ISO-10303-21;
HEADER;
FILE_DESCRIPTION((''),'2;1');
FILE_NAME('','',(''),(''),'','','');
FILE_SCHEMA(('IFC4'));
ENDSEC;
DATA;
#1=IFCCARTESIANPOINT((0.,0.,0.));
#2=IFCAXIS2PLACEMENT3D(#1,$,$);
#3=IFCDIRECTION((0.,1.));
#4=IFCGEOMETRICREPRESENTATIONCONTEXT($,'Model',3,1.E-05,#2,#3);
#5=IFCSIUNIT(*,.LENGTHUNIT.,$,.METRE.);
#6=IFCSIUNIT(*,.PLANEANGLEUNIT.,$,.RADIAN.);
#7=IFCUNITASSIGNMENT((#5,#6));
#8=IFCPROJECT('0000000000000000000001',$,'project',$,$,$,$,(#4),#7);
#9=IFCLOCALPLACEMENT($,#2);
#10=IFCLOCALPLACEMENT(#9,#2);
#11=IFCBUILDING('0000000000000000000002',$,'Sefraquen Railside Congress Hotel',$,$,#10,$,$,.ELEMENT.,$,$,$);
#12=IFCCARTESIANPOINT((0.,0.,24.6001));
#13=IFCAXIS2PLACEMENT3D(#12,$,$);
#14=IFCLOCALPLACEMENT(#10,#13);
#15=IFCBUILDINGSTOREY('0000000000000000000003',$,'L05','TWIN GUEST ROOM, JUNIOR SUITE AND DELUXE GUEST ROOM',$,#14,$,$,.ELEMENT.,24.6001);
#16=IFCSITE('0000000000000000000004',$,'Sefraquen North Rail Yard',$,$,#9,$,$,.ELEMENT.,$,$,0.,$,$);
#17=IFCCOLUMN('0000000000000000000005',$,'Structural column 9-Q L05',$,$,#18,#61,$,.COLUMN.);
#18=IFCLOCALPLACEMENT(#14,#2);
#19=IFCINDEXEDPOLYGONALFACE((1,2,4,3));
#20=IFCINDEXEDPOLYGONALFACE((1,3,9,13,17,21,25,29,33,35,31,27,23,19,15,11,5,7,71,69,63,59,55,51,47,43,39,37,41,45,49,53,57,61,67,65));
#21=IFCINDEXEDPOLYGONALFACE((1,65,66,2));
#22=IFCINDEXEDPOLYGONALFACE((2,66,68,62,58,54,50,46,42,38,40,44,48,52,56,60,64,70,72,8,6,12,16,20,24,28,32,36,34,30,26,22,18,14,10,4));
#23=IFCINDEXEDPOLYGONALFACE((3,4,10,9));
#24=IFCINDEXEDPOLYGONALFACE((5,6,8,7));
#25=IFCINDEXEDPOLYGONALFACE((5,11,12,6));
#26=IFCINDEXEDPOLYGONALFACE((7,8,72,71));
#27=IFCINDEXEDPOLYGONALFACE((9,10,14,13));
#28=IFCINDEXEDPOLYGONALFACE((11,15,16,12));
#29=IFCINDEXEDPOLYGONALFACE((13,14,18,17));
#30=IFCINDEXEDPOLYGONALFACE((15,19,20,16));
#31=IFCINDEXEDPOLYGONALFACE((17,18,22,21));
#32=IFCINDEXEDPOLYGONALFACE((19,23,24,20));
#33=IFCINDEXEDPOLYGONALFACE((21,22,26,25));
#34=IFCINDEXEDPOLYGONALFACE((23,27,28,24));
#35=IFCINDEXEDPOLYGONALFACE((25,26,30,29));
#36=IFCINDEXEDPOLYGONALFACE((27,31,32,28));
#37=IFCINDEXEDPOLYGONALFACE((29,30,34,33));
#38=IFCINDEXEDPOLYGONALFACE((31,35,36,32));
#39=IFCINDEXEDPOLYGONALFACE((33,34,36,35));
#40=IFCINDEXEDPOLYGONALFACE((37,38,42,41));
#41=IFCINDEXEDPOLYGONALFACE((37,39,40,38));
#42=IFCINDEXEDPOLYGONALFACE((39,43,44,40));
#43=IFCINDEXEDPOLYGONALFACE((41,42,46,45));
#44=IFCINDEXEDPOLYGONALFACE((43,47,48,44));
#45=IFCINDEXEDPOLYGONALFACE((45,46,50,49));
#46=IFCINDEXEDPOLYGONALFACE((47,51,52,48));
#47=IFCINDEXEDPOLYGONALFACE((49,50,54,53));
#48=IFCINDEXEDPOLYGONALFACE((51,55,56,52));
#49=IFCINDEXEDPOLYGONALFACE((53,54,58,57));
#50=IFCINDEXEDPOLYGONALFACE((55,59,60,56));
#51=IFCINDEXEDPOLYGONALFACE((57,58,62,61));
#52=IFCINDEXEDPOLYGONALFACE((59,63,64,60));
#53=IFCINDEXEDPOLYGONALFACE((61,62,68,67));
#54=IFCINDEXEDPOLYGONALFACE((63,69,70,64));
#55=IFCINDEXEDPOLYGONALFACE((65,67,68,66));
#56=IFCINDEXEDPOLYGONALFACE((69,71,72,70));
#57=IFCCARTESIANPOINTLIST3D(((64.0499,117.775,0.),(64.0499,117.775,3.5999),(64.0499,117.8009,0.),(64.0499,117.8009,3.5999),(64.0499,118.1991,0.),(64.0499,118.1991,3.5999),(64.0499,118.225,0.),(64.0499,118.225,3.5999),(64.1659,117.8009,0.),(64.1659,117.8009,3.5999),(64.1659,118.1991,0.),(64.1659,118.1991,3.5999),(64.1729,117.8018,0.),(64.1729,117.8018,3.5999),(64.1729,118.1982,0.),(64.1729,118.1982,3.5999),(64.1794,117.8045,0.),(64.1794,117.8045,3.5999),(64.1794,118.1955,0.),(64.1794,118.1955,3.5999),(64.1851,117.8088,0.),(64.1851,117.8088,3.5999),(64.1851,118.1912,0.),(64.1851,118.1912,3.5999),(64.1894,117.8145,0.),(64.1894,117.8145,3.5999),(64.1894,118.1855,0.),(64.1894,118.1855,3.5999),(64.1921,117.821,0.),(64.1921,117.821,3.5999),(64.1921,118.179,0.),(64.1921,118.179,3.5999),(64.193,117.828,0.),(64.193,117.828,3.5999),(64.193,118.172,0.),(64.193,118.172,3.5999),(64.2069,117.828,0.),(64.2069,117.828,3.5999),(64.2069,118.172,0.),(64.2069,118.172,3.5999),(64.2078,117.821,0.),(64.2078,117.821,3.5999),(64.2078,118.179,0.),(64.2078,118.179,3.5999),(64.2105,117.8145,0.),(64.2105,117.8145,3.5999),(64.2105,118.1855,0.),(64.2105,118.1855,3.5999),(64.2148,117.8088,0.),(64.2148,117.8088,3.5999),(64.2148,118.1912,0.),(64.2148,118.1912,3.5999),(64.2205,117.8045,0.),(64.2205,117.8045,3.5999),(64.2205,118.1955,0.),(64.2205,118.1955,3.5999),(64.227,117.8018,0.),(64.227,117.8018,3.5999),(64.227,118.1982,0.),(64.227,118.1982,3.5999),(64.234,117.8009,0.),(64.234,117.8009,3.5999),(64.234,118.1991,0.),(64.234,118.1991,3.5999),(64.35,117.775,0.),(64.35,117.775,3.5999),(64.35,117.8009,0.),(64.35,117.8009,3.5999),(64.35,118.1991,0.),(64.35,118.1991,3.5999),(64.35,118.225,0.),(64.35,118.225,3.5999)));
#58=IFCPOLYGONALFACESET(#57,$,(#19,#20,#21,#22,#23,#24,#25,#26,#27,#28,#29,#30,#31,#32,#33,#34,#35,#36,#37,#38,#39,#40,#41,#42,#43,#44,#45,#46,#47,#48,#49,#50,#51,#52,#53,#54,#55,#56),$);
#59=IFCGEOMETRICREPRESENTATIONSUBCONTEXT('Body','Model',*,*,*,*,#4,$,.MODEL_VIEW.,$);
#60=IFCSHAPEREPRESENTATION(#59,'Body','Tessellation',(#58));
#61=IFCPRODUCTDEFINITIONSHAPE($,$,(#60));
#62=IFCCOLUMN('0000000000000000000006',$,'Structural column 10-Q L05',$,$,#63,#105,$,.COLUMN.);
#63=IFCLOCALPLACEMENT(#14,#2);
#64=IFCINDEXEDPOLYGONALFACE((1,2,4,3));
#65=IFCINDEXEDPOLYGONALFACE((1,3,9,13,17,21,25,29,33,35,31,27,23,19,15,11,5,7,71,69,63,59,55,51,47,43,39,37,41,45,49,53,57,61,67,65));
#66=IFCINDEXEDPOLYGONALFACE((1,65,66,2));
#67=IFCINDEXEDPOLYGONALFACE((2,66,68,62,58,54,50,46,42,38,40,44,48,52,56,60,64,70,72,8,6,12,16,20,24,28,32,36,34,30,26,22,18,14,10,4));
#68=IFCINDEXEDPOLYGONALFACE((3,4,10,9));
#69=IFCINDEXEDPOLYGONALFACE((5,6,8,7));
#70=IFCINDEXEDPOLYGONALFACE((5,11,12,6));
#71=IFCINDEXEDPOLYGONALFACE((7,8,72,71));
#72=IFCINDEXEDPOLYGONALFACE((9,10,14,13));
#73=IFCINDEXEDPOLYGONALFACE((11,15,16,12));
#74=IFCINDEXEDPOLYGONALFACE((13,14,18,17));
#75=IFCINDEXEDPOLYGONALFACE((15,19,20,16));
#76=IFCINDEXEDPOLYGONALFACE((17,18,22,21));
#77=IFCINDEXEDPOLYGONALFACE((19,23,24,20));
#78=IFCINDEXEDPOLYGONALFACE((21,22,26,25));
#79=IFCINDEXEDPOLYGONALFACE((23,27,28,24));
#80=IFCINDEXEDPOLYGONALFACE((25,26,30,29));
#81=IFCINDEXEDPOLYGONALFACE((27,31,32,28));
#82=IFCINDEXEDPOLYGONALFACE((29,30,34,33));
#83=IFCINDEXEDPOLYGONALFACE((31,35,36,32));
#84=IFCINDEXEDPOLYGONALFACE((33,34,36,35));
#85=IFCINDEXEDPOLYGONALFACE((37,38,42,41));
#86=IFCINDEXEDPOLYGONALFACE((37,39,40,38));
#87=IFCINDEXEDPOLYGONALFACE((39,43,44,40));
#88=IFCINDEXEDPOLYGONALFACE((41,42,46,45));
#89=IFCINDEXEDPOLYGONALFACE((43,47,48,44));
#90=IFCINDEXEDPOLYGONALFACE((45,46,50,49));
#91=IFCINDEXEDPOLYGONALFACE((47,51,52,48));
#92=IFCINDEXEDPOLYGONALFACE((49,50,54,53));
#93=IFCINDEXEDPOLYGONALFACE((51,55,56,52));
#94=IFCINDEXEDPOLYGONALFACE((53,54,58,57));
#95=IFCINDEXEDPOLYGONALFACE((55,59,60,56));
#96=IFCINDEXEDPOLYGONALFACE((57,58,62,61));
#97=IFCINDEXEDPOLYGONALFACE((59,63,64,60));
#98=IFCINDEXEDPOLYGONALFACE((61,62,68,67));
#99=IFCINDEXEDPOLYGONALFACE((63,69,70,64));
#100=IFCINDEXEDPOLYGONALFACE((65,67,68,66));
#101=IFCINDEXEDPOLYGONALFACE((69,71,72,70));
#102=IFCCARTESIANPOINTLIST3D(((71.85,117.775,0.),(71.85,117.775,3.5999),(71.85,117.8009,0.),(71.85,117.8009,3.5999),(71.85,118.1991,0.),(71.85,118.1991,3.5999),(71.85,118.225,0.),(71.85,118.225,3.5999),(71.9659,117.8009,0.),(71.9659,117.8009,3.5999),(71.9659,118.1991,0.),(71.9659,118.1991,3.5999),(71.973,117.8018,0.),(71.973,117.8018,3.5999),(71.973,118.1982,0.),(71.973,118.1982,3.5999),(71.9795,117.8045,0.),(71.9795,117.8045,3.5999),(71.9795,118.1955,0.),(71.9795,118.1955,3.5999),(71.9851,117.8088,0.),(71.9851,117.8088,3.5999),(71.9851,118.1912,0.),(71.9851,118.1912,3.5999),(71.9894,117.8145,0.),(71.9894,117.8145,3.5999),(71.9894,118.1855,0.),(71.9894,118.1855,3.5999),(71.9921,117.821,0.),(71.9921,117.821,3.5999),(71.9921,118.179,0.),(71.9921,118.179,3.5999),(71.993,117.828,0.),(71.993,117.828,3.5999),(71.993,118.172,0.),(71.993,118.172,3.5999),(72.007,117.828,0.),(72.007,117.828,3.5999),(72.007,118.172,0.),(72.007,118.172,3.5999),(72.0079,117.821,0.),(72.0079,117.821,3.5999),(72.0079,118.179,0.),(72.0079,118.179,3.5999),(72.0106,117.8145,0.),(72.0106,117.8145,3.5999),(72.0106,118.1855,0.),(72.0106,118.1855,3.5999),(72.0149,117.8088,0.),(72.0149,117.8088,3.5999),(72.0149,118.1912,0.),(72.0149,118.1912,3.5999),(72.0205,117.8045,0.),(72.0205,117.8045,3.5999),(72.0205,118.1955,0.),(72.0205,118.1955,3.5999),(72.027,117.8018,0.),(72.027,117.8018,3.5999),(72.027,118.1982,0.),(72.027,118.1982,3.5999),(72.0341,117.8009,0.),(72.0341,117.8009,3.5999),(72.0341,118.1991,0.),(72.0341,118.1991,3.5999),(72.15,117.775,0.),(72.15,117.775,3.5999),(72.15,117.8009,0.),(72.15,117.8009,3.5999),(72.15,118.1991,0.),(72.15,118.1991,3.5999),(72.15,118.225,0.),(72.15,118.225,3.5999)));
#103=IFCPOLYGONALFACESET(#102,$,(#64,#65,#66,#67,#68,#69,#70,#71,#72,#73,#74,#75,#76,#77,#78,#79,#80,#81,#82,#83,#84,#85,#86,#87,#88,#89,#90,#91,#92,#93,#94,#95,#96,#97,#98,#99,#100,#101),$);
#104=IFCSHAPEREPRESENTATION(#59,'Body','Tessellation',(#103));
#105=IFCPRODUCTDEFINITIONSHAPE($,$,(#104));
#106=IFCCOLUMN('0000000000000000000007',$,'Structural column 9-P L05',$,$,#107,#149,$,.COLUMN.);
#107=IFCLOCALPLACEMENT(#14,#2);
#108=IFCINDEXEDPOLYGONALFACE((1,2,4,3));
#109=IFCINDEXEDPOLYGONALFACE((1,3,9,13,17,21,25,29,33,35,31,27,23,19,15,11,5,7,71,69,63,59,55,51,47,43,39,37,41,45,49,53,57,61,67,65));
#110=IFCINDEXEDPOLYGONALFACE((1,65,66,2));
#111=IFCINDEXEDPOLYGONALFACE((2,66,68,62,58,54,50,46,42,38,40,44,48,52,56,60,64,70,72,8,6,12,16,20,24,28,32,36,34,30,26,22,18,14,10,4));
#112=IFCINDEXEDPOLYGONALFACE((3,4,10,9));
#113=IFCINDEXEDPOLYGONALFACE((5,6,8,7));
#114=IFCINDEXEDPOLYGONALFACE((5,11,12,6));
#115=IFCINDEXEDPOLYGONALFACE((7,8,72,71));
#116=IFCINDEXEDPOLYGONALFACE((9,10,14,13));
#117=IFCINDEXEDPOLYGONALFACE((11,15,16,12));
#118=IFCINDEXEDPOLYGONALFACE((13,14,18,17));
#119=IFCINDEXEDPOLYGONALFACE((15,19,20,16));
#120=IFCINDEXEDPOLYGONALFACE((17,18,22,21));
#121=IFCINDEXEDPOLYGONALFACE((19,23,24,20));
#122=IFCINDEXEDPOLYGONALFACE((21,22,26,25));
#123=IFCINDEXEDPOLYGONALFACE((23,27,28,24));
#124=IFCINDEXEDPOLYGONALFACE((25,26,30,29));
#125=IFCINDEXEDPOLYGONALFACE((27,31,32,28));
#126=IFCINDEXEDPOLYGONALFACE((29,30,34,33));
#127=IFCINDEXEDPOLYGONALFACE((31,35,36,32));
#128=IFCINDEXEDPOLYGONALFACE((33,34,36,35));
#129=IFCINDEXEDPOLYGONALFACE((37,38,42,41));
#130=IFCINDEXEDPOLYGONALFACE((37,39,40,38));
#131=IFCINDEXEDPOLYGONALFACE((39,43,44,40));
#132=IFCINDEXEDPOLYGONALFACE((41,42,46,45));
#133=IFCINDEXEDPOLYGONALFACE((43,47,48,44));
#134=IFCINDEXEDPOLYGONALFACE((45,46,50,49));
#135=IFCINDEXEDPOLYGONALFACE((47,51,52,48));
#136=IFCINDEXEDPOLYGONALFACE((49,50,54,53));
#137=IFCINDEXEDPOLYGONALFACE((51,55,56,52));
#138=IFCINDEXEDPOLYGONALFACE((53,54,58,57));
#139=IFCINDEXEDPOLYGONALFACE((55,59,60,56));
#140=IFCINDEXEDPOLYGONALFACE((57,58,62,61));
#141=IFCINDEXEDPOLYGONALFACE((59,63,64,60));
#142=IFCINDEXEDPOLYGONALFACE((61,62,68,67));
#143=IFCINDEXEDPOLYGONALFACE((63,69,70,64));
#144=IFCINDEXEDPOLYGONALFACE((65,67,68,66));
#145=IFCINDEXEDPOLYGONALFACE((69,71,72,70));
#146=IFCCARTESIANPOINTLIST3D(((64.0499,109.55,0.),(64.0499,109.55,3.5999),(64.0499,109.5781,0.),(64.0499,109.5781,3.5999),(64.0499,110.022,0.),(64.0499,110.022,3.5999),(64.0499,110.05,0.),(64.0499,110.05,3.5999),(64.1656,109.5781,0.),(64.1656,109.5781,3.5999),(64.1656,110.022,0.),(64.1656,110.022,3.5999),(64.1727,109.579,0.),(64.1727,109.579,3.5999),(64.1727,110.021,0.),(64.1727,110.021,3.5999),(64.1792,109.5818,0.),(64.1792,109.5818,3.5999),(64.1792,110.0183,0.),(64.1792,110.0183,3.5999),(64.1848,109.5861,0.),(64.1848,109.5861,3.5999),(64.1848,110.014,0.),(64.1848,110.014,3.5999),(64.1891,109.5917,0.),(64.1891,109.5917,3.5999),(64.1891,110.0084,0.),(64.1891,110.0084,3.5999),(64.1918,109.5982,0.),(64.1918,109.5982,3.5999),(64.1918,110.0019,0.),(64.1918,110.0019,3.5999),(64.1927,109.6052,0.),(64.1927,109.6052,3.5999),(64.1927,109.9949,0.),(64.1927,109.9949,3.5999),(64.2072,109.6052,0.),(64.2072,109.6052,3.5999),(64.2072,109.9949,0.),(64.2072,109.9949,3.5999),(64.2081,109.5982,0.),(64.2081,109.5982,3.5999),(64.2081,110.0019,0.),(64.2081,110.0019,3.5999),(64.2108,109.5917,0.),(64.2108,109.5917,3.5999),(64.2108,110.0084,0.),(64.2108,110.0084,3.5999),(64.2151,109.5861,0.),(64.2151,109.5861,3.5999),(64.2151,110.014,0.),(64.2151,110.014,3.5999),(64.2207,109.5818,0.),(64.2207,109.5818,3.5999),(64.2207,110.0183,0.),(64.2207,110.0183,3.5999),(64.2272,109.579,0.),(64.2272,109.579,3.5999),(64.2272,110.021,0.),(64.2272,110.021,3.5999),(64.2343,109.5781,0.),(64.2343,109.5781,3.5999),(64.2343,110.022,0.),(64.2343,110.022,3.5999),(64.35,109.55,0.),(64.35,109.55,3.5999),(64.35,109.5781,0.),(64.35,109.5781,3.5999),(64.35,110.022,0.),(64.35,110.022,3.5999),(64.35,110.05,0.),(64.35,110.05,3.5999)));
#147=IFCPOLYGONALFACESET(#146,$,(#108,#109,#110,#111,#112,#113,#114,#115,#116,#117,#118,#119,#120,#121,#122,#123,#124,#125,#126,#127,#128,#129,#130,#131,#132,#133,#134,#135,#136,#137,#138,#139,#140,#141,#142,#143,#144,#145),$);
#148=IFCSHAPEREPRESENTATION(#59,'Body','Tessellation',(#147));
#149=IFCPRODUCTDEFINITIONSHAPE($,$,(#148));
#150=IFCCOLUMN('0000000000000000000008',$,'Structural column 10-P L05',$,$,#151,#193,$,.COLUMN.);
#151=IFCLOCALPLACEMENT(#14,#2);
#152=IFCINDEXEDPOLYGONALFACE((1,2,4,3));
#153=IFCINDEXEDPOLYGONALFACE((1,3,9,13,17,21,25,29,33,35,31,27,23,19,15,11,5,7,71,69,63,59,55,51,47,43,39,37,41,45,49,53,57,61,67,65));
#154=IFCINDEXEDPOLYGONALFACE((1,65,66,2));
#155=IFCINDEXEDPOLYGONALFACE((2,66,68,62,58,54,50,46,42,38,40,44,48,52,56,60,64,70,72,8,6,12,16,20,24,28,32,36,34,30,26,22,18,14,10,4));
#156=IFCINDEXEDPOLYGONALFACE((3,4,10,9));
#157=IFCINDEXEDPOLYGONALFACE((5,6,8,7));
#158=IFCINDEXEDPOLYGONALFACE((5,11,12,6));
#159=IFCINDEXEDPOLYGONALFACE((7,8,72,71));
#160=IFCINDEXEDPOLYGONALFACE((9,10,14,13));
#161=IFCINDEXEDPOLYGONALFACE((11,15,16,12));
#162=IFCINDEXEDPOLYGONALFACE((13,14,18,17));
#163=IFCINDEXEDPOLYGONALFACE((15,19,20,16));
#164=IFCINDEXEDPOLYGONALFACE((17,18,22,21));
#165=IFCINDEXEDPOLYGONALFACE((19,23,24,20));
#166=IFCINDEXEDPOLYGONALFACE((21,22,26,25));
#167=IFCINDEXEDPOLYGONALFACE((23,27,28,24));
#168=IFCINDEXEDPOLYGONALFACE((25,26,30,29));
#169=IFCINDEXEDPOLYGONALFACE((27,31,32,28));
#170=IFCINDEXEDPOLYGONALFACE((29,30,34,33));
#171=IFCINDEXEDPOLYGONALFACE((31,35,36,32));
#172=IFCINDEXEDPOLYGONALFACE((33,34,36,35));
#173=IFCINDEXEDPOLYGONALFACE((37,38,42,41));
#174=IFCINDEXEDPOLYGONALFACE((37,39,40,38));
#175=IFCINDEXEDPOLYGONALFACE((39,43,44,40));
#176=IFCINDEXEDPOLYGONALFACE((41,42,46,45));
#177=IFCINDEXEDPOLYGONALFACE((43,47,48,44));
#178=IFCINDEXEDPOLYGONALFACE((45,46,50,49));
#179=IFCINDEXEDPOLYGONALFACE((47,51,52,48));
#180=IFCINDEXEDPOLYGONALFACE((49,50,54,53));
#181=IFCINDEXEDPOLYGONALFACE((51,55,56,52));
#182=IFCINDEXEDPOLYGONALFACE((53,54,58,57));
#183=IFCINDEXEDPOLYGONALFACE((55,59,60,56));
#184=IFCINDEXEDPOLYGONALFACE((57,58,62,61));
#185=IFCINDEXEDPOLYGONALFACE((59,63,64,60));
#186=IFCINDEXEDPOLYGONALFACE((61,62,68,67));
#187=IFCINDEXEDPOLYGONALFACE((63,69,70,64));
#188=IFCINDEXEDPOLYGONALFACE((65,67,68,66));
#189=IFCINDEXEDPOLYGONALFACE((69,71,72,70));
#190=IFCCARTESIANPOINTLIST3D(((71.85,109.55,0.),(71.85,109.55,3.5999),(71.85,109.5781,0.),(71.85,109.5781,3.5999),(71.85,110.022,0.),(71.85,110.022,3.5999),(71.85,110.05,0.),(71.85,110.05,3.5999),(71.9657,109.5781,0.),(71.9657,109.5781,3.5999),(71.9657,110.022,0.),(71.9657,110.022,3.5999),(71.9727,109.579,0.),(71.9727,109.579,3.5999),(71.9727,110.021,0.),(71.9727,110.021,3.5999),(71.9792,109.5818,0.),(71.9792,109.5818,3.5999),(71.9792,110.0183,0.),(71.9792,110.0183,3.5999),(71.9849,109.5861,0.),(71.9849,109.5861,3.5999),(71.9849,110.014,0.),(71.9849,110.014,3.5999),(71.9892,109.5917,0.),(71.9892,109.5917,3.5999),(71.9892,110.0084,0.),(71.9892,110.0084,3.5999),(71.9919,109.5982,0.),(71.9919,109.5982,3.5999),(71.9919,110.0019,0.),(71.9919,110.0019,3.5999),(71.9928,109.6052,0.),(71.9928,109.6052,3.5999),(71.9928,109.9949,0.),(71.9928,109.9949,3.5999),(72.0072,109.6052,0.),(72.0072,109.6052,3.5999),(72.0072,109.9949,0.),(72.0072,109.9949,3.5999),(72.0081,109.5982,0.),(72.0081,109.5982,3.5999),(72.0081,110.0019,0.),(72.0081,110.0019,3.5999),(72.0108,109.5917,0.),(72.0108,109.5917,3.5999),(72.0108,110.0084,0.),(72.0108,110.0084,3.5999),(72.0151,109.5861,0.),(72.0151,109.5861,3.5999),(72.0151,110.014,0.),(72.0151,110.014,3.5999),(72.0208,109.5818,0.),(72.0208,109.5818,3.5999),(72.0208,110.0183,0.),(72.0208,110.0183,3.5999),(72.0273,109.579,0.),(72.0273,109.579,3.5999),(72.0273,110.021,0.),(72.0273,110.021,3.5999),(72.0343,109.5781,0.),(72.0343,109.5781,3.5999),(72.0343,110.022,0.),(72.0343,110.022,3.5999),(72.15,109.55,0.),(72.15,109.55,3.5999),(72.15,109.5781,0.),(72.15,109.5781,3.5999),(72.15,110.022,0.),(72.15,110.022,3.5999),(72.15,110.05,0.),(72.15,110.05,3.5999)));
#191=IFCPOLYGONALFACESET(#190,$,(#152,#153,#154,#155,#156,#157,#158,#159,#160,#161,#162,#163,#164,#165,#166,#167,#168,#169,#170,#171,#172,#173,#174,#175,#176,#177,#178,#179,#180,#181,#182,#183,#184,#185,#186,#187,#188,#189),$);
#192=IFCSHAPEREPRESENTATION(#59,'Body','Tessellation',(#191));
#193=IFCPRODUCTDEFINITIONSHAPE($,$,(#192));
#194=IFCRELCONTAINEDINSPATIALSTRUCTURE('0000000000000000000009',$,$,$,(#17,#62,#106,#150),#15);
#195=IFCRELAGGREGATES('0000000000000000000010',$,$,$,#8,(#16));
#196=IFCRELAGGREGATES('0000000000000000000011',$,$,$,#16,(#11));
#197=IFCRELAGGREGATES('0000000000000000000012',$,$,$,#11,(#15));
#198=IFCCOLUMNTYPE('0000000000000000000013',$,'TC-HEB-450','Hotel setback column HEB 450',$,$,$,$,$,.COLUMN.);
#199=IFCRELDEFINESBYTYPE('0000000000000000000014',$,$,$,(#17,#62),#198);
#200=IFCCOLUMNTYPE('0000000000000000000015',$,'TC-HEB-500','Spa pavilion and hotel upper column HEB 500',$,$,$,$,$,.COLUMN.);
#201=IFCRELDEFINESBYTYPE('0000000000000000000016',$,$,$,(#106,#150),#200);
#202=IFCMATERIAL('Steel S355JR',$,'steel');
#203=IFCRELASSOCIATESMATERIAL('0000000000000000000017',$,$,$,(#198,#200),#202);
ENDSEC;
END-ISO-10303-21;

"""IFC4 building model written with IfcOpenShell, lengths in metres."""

from ifc_helpers import new_model, si_unit, direction, frame, origin, origin_2d, place, context, subcontext, project, spatial, i_section, extrude, material, material_profile, profile_set, type_object, element, save


model = new_model("IFC4")

# Units and contexts
model_context = context("Model", 3, precision=1e-05, world=origin(), true_north=direction((0.0, 1.0)))
body_context = subcontext(model_context, "Body", "Model", "MODEL_VIEW")
ifc_project = project(units=[si_unit("LENGTHUNIT", "METRE"), si_unit("PLANEANGLEUNIT", "RADIAN")], contexts=[model_context])

# Site, building, storey
site_placement = place(None, origin())
site = spatial("IfcSite", under=ifc_project, at=site_placement, Name="Sefraquen North Rail Yard", CompositionType="ELEMENT", RefElevation=0.0)
building_placement = place(site_placement, origin())
building = spatial("IfcBuilding", under=site, at=building_placement, Name="Sefraquen Railside Congress Hotel", CompositionType="ELEMENT")
storey_placement = place(building_placement, frame((0.0, 0.0, 24.6001)))
storey = spatial("IfcBuildingStorey", under=building, at=storey_placement, Name="L05", Description="TWIN GUEST ROOM, JUNIOR SUITE AND DELUXE GUEST ROOM", CompositionType="ELEMENT", Elevation=24.6001)

# Columns
ifc_material_1 = material(Name="Steel S355JR", Category="steel")
ifc_material_profile_1 = material_profile(ifc_material_1, i_section(OverallWidth=0.3, OverallDepth=0.45, WebThickness=0.0139, FlangeThickness=0.0259, FilletRadius=0.0271, at=origin_2d()), Name="HEB 450")
ifc_profile_set_1 = profile_set([ifc_material_profile_1], Name="Steel S355JR")
column_type_1 = type_object("IfcColumnType", Name="TC-HEB-450", Description="Hotel setback column HEB 450", PredefinedType="COLUMN", material=ifc_profile_set_1)
for number, where, z_axis, x_axis, name in (
    (1, (64.2, 118.0, 0.0), (0.0, 0.0, 1.0), (1.0, 0.0, 0.0), "Structural column 9-Q L05"),
    (2, (72.0, 118.0, 0.0), (0.0, 0.0, 1.0), (1.0, 0.0, 0.0), "Structural column 10-Q L05"),
):
    element("IfcColumn", number, at=place(storey_placement, frame(where, z_axis=z_axis, x_axis=x_axis)), inside=storey, type_object=column_type_1, Name=name, PredefinedType="COLUMN", context=body_context, shape_type="SweptSolid", body=[
        extrude(i_section(OverallWidth=0.3, OverallDepth=0.45, WebThickness=0.0139, FlangeThickness=0.0259, FilletRadius=0.0271, at=origin_2d()), origin(), (0.0, 0.0, 1.0), 3.5999),
    ])
ifc_material_profile_2 = material_profile(ifc_material_1, i_section(OverallWidth=0.3, OverallDepth=0.5, WebThickness=0.0144, FlangeThickness=0.0281, FilletRadius=0.0271, at=origin_2d()), Name="HEB 500")
ifc_profile_set_2 = profile_set([ifc_material_profile_2], Name="Steel S355JR")
column_type_2 = type_object("IfcColumnType", Name="TC-HEB-500", Description="Spa pavilion and hotel upper column HEB 500", PredefinedType="COLUMN", material=ifc_profile_set_2)
for number, where, z_axis, x_axis, name in (
    (3, (64.2, 109.8, 0.0), (0.0, 0.0, 1.0), (1.0, 0.0, 0.0), "Structural column 9-P L05"),
    (4, (72.0, 109.8, 0.0), (0.0, 0.0, 1.0), (1.0, 0.0, 0.0), "Structural column 10-P L05"),
):
    element("IfcColumn", number, at=place(storey_placement, frame(where, z_axis=z_axis, x_axis=x_axis)), inside=storey, type_object=column_type_2, Name=name, PredefinedType="COLUMN", context=body_context, shape_type="SweptSolid", body=[
        extrude(i_section(OverallWidth=0.3, OverallDepth=0.5, WebThickness=0.0144, FlangeThickness=0.0281, FilletRadius=0.0271, at=origin_2d()), origin(), (0.0, 0.0, 1.0), 3.5999),
    ])

save(model, "model.ifc")
